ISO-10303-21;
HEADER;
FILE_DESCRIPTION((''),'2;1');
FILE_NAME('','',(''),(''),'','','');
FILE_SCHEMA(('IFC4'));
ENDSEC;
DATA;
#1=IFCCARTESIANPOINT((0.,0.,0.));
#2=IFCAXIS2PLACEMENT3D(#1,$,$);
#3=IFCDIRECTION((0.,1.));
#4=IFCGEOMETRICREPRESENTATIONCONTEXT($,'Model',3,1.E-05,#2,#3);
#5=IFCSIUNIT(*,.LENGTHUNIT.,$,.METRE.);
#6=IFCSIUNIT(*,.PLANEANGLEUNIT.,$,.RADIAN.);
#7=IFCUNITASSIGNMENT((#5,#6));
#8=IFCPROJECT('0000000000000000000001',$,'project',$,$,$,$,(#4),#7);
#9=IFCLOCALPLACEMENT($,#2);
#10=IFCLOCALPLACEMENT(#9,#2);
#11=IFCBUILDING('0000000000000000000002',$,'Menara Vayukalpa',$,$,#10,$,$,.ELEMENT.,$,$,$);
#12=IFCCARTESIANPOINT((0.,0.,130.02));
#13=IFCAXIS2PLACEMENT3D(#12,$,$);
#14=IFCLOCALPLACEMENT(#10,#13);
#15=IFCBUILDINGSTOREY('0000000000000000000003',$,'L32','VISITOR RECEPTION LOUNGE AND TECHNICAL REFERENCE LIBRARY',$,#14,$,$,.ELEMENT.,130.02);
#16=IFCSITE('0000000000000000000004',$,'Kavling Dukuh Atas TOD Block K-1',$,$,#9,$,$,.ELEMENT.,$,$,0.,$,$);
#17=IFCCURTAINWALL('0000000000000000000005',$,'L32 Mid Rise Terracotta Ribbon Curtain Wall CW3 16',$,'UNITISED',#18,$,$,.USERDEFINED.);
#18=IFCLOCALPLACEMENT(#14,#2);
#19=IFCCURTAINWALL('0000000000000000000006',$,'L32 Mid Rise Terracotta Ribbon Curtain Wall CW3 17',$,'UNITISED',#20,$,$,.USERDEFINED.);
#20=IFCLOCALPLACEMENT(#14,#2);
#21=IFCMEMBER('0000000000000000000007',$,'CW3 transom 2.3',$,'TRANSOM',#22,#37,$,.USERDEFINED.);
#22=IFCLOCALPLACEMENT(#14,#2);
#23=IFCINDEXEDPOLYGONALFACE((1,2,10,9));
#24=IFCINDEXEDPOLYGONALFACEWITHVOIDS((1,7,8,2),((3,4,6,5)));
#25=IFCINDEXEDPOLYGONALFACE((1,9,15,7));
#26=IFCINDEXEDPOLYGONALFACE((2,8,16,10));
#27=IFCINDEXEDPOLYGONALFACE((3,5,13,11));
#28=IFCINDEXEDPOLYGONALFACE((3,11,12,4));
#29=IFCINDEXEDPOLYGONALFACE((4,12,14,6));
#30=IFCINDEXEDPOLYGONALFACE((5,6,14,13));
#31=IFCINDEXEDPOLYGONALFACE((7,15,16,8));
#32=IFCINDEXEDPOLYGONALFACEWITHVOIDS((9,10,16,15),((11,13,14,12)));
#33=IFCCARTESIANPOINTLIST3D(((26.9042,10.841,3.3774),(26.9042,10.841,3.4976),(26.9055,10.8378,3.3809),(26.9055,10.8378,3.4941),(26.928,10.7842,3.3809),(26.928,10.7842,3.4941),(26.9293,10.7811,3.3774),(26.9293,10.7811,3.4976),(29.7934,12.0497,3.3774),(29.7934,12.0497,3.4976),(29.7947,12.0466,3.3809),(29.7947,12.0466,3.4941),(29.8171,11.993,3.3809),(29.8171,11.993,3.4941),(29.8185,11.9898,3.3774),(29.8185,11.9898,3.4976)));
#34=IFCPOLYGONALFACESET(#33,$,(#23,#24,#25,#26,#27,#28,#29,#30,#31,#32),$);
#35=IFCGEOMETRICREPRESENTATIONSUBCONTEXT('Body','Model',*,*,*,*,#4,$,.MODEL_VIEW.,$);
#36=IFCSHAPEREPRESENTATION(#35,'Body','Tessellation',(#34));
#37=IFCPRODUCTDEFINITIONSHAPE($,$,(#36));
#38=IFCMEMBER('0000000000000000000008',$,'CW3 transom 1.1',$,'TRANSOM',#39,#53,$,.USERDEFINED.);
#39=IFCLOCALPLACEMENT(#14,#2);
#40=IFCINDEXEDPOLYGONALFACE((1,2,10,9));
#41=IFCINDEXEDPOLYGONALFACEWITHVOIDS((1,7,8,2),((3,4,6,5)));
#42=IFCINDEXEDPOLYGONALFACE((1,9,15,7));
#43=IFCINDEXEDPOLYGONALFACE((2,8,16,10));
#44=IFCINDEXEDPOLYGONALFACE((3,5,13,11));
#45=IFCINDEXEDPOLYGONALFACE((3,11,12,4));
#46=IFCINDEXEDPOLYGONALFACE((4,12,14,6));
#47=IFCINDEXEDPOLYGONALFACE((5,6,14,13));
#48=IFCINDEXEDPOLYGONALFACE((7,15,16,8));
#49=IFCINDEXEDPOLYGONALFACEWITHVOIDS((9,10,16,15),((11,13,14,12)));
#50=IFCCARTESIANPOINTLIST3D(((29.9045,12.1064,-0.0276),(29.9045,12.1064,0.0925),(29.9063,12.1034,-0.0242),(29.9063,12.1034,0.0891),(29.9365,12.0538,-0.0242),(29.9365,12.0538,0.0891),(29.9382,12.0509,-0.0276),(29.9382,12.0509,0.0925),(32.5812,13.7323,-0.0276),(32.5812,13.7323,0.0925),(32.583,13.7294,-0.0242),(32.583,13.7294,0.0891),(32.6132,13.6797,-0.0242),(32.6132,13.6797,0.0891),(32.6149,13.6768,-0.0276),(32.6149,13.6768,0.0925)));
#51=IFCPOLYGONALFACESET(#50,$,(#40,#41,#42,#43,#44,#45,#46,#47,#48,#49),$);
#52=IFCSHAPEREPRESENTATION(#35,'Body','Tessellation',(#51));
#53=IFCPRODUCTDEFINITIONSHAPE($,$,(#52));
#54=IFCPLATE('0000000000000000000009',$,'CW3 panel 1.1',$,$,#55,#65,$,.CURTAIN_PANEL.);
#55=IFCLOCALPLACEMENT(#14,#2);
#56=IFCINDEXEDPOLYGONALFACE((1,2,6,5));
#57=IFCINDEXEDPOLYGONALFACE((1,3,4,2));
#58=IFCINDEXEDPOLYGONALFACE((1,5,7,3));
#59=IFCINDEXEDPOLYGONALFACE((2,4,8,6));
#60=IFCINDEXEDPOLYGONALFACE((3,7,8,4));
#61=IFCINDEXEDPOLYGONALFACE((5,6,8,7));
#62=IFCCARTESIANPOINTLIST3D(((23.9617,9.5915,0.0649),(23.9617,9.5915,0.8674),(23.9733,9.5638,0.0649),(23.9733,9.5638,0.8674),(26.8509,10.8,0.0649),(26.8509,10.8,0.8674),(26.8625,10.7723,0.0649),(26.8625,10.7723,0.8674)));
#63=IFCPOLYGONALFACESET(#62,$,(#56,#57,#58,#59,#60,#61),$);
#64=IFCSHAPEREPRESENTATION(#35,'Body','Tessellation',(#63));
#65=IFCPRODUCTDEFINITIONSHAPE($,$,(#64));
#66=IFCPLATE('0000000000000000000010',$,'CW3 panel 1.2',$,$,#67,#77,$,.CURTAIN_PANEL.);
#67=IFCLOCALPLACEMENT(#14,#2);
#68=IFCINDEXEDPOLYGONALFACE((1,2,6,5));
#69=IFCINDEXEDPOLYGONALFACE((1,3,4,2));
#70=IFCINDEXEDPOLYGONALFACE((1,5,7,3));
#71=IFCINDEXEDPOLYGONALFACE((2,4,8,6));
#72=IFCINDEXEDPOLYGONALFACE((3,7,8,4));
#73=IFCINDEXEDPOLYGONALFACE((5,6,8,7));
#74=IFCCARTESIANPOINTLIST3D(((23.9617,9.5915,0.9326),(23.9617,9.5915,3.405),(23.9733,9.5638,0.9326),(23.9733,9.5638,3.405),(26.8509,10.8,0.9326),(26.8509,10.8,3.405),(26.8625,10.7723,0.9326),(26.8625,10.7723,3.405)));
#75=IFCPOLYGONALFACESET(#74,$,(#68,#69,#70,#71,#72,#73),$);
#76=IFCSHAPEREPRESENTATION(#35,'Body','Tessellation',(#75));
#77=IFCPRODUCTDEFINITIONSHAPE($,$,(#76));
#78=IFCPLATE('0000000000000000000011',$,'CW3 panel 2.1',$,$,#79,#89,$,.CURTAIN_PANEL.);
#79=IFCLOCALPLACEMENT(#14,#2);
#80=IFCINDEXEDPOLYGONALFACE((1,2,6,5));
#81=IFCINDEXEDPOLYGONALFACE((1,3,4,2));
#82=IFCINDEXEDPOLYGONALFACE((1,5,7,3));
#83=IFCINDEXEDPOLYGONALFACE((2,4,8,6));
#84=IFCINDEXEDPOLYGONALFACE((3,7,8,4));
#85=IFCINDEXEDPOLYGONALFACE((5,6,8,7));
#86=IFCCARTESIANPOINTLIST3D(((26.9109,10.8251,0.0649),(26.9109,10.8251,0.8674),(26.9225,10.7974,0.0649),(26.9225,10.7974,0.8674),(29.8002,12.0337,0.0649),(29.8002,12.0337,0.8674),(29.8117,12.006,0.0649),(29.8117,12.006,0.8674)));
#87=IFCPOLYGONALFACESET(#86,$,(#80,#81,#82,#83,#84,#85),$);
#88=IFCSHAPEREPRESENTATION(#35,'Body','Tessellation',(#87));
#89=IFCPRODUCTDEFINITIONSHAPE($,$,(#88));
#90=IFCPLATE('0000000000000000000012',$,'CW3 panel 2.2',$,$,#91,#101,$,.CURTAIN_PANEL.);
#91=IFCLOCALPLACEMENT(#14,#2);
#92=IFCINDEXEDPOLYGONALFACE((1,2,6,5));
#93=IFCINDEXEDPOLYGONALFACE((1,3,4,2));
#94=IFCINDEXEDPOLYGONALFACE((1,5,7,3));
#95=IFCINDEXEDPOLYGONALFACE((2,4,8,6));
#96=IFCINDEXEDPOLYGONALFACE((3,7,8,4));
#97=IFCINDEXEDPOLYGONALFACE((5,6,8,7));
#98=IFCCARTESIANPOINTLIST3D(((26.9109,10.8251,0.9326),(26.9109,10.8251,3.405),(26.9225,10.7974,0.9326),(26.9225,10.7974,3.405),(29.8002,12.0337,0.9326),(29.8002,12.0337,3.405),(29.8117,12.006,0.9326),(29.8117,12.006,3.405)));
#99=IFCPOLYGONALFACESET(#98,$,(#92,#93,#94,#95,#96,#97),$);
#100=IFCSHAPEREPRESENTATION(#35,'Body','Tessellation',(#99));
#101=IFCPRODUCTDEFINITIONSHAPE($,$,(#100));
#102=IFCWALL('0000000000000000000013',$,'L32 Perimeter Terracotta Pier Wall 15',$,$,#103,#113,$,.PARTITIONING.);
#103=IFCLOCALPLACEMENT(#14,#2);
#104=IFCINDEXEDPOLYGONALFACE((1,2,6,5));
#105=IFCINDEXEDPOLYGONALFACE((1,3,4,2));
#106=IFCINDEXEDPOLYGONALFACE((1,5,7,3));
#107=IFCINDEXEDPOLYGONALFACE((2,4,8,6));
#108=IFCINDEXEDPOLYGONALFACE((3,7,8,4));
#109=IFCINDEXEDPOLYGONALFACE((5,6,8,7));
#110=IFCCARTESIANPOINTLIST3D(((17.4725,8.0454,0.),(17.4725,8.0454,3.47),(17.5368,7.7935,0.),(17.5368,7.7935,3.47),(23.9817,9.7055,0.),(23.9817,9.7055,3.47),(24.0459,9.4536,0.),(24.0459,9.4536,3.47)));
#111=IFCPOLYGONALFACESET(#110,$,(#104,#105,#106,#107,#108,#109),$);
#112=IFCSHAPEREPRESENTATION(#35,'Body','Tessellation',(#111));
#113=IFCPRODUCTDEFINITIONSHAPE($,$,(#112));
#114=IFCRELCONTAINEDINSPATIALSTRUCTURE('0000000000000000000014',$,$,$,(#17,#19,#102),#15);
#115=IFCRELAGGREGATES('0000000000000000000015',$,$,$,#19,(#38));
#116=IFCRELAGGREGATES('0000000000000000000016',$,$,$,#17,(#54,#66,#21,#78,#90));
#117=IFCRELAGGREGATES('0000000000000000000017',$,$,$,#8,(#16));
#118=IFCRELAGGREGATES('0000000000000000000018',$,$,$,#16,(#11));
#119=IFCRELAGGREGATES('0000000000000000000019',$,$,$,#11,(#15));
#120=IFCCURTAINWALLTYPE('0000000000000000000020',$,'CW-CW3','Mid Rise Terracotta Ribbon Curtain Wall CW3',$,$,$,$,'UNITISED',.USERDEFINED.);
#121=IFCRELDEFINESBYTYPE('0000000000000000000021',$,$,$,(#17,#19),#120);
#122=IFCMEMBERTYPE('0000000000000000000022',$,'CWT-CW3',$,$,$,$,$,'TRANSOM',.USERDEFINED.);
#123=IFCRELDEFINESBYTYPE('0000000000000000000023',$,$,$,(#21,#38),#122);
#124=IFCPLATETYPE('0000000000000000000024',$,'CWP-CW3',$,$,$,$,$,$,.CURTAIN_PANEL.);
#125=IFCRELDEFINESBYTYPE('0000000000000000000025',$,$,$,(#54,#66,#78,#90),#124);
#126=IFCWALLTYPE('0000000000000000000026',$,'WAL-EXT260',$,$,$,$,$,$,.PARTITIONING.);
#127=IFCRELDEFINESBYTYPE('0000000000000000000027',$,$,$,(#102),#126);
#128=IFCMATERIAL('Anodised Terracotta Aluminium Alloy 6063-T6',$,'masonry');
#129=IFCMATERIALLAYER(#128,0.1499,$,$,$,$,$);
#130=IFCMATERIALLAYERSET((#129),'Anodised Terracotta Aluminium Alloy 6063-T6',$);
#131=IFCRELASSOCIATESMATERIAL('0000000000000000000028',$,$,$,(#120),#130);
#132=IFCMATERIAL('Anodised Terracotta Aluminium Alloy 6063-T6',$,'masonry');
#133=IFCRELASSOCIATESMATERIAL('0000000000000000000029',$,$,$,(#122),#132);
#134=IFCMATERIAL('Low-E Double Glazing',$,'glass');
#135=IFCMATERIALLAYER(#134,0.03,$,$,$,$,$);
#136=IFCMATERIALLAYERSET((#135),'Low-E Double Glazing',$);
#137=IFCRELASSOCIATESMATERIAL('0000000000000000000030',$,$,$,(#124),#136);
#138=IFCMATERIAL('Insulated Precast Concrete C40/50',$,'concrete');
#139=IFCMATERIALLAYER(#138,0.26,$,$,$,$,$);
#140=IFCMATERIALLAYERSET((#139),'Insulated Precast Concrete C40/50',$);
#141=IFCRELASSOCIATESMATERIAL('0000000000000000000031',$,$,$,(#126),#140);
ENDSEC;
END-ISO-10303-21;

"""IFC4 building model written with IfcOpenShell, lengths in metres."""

from ifc_helpers import new_model, si_unit, direction, frame, frame_2d, origin, origin_2d, place, context, subcontext, project, spatial, rectangle, hollow_rectangle, extrude, material, layer, layer_set, material_profile, profile_set, type_object, element, aggregate, save


model = new_model("IFC4")

# Units and contexts
model_context = context("Model", 3, precision=1e-05, world=origin(), true_north=direction((0.0, 1.0)))
body_context = subcontext(model_context, "Body", "Model", "MODEL_VIEW")
ifc_project = project(units=[si_unit("LENGTHUNIT", "METRE"), si_unit("PLANEANGLEUNIT", "RADIAN")], contexts=[model_context])

# Site, building, storey
site_placement = place(None, origin())
site = spatial("IfcSite", under=ifc_project, at=site_placement, Name="Kavling Dukuh Atas TOD Block K-1", CompositionType="ELEMENT", RefElevation=0.0)
building_placement = place(site_placement, origin())
building = spatial("IfcBuilding", under=site, at=building_placement, Name="Menara Vayukalpa", CompositionType="ELEMENT")
storey_placement = place(building_placement, frame((0.0, 0.0, 130.02)))
storey = spatial("IfcBuildingStorey", under=building, at=storey_placement, Name="L32", Description="VISITOR RECEPTION LOUNGE AND TECHNICAL REFERENCE LIBRARY", CompositionType="ELEMENT", Elevation=130.02)

# Curtain wall
ifc_material_1 = material(Name="Anodised Terracotta Aluminium Alloy 6063-T6", Category="masonry")
ifc_layer_1 = layer(ifc_material_1, 0.1499)
ifc_layer_set_1 = layer_set([ifc_layer_1], Name="Anodised Terracotta Aluminium Alloy 6063-T6")
curtain_wall_type = type_object("IfcCurtainWallType", Name="CW-CW3", Description="Mid Rise Terracotta Ribbon Curtain Wall CW3", ElementType="UNITISED", PredefinedType="USERDEFINED", material=ifc_layer_set_1)
curtain_wall_1_placement = place(storey_placement, origin())
curtain_wall_1 = element("IfcCurtainWall", 1, at=curtain_wall_1_placement, inside=storey, type_object=curtain_wall_type, Name="L32 Mid Rise Terracotta Ribbon Curtain Wall CW3 16", ObjectType="UNITISED", PredefinedType="USERDEFINED")

# Curtain wall
curtain_wall_2_placement = place(storey_placement, origin())
curtain_wall_2 = element("IfcCurtainWall", 2, at=curtain_wall_2_placement, inside=storey, type_object=curtain_wall_type, Name="L32 Mid Rise Terracotta Ribbon Curtain Wall CW3 17", ObjectType="UNITISED", PredefinedType="USERDEFINED")

# Members
ifc_material_2 = material(Name="Anodised Terracotta Aluminium Alloy 6063-T6", Category="masonry")
ifc_material_profile_1 = material_profile(ifc_material_2, hollow_rectangle(XDim=0.0649, YDim=0.1201, WallThickness=0.0034, at=origin_2d()), Name="ALU 65x120x3.5")
ifc_profile_set_1 = profile_set([ifc_material_profile_1], Name="Anodised Terracotta Aluminium Alloy 6063-T6")
member_type_1 = type_object("IfcMemberType", Name="CWT-CW3", ElementType="TRANSOM", PredefinedType="USERDEFINED", material=ifc_profile_set_1)
member_1_placement = place(storey_placement, frame((26.9167, 10.811, 3.4375), z_axis=(0.922518, 0.385955, 0.0), x_axis=(-0.385955, 0.922518, 0.0)))
member_1 = element("IfcMember", 3, at=member_1_placement, type_object=member_type_1, Name="CW3 transom 2.3", ObjectType="TRANSOM", PredefinedType="USERDEFINED", context=body_context, shape_type="SweptSolid", body=[
    extrude(hollow_rectangle(XDim=0.0649, YDim=0.1201, WallThickness=0.0034, at=origin_2d()), origin(), (0.0, 0.0, 1.0), 3.1318),
])
member_2_placement = place(storey_placement, frame((29.9214, 12.0786, 0.0325), z_axis=(0.854674, 0.519165, 0.0), x_axis=(-0.519165, 0.854674, 0.0)))
member_2 = element("IfcMember", 4, at=member_2_placement, type_object=member_type_1, Name="CW3 transom 1.1", ObjectType="TRANSOM", PredefinedType="USERDEFINED", context=body_context, shape_type="SweptSolid", body=[
    extrude(hollow_rectangle(XDim=0.0649, YDim=0.1201, WallThickness=0.0034, at=origin_2d()), origin(), (0.0, 0.0, 1.0), 3.1318),
])
aggregate(curtain_wall_2, [member_2])

# Plates
ifc_material_3 = material(Name="Low-E Double Glazing", Category="glass")
ifc_layer_2 = layer(ifc_material_3, 0.03)
ifc_layer_set_2 = layer_set([ifc_layer_2], Name="Low-E Double Glazing")
plate_type = type_object("IfcPlateType", Name="CWP-CW3", PredefinedType="CURTAIN_PANEL", material=ifc_layer_set_2)
plate_1_placement = place(storey_placement, frame((25.4121, 10.1819, 0.0649), z_axis=(0.0, 0.0, 1.0), x_axis=(0.922543, 0.385894, 0.0)))
plate_1 = element("IfcPlate", 5, at=plate_1_placement, type_object=plate_type, Name="CW3 panel 1.1", PredefinedType="CURTAIN_PANEL", context=body_context, shape_type="SweptSolid", body=[
    extrude(rectangle(XDim=3.1318, YDim=0.03, at=origin_2d()), origin(), (0.0, 0.0, 1.0), 0.8025),
])
plate_2_placement = place(storey_placement, frame((25.4121, 10.1819, 0.9326), z_axis=(0.0, 0.0, 1.0), x_axis=(0.922543, 0.385894, 0.0)))
plate_2 = element("IfcPlate", 6, at=plate_2_placement, type_object=plate_type, Name="CW3 panel 1.2", PredefinedType="CURTAIN_PANEL", context=body_context, shape_type="SweptSolid", body=[
    extrude(rectangle(XDim=3.1318, YDim=0.03, at=origin_2d()), origin(), (0.0, 0.0, 1.0), 2.4724),
])
plate_3_placement = place(storey_placement, frame((28.3613, 11.4155, 0.0649), z_axis=(0.0, 0.0, 1.0), x_axis=(0.922543, 0.385894, 0.0)))
plate_3 = element("IfcPlate", 7, at=plate_3_placement, type_object=plate_type, Name="CW3 panel 2.1", PredefinedType="CURTAIN_PANEL", context=body_context, shape_type="SweptSolid", body=[
    extrude(rectangle(XDim=3.1318, YDim=0.03, at=origin_2d()), origin(), (0.0, 0.0, 1.0), 0.8025),
])
plate_4_placement = place(storey_placement, frame((28.3613, 11.4155, 0.9326), z_axis=(0.0, 0.0, 1.0), x_axis=(0.922543, 0.385894, 0.0)))
plate_4 = element("IfcPlate", 8, at=plate_4_placement, type_object=plate_type, Name="CW3 panel 2.2", PredefinedType="CURTAIN_PANEL", context=body_context, shape_type="SweptSolid", body=[
    extrude(rectangle(XDim=3.1318, YDim=0.03, at=origin_2d()), origin(), (0.0, 0.0, 1.0), 2.4724),
])
aggregate(curtain_wall_1, [plate_1, plate_2, member_1, plate_3, plate_4])

# Wall
ifc_material_4 = material(Name="Insulated Precast Concrete C40/50", Category="concrete")
ifc_layer_3 = layer(ifc_material_4, 0.26)
ifc_layer_set_3 = layer_set([ifc_layer_3], Name="Insulated Precast Concrete C40/50")
wall_type = type_object("IfcWallType", Name="WAL-EXT260", PredefinedType="PARTITIONING", material=ifc_layer_set_3)
wall_placement = place(storey_placement, frame((24.0139, 9.5796, 0.0), z_axis=(0.0, 0.0, 1.0), x_axis=(-0.968981, -0.247134, 0.0)))
element("IfcWall", 9, at=wall_placement, inside=storey, type_object=wall_type, Name="L32 Perimeter Terracotta Pier Wall 15", PredefinedType="PARTITIONING", context=body_context, shape_type="SweptSolid", body=[
    extrude(rectangle(XDim=6.7175, YDim=0.26, at=frame_2d((3.3589, 0.0))), origin(), (0.0, 0.0, 1.0), 3.47),
])

save(model, "model.ifc")
